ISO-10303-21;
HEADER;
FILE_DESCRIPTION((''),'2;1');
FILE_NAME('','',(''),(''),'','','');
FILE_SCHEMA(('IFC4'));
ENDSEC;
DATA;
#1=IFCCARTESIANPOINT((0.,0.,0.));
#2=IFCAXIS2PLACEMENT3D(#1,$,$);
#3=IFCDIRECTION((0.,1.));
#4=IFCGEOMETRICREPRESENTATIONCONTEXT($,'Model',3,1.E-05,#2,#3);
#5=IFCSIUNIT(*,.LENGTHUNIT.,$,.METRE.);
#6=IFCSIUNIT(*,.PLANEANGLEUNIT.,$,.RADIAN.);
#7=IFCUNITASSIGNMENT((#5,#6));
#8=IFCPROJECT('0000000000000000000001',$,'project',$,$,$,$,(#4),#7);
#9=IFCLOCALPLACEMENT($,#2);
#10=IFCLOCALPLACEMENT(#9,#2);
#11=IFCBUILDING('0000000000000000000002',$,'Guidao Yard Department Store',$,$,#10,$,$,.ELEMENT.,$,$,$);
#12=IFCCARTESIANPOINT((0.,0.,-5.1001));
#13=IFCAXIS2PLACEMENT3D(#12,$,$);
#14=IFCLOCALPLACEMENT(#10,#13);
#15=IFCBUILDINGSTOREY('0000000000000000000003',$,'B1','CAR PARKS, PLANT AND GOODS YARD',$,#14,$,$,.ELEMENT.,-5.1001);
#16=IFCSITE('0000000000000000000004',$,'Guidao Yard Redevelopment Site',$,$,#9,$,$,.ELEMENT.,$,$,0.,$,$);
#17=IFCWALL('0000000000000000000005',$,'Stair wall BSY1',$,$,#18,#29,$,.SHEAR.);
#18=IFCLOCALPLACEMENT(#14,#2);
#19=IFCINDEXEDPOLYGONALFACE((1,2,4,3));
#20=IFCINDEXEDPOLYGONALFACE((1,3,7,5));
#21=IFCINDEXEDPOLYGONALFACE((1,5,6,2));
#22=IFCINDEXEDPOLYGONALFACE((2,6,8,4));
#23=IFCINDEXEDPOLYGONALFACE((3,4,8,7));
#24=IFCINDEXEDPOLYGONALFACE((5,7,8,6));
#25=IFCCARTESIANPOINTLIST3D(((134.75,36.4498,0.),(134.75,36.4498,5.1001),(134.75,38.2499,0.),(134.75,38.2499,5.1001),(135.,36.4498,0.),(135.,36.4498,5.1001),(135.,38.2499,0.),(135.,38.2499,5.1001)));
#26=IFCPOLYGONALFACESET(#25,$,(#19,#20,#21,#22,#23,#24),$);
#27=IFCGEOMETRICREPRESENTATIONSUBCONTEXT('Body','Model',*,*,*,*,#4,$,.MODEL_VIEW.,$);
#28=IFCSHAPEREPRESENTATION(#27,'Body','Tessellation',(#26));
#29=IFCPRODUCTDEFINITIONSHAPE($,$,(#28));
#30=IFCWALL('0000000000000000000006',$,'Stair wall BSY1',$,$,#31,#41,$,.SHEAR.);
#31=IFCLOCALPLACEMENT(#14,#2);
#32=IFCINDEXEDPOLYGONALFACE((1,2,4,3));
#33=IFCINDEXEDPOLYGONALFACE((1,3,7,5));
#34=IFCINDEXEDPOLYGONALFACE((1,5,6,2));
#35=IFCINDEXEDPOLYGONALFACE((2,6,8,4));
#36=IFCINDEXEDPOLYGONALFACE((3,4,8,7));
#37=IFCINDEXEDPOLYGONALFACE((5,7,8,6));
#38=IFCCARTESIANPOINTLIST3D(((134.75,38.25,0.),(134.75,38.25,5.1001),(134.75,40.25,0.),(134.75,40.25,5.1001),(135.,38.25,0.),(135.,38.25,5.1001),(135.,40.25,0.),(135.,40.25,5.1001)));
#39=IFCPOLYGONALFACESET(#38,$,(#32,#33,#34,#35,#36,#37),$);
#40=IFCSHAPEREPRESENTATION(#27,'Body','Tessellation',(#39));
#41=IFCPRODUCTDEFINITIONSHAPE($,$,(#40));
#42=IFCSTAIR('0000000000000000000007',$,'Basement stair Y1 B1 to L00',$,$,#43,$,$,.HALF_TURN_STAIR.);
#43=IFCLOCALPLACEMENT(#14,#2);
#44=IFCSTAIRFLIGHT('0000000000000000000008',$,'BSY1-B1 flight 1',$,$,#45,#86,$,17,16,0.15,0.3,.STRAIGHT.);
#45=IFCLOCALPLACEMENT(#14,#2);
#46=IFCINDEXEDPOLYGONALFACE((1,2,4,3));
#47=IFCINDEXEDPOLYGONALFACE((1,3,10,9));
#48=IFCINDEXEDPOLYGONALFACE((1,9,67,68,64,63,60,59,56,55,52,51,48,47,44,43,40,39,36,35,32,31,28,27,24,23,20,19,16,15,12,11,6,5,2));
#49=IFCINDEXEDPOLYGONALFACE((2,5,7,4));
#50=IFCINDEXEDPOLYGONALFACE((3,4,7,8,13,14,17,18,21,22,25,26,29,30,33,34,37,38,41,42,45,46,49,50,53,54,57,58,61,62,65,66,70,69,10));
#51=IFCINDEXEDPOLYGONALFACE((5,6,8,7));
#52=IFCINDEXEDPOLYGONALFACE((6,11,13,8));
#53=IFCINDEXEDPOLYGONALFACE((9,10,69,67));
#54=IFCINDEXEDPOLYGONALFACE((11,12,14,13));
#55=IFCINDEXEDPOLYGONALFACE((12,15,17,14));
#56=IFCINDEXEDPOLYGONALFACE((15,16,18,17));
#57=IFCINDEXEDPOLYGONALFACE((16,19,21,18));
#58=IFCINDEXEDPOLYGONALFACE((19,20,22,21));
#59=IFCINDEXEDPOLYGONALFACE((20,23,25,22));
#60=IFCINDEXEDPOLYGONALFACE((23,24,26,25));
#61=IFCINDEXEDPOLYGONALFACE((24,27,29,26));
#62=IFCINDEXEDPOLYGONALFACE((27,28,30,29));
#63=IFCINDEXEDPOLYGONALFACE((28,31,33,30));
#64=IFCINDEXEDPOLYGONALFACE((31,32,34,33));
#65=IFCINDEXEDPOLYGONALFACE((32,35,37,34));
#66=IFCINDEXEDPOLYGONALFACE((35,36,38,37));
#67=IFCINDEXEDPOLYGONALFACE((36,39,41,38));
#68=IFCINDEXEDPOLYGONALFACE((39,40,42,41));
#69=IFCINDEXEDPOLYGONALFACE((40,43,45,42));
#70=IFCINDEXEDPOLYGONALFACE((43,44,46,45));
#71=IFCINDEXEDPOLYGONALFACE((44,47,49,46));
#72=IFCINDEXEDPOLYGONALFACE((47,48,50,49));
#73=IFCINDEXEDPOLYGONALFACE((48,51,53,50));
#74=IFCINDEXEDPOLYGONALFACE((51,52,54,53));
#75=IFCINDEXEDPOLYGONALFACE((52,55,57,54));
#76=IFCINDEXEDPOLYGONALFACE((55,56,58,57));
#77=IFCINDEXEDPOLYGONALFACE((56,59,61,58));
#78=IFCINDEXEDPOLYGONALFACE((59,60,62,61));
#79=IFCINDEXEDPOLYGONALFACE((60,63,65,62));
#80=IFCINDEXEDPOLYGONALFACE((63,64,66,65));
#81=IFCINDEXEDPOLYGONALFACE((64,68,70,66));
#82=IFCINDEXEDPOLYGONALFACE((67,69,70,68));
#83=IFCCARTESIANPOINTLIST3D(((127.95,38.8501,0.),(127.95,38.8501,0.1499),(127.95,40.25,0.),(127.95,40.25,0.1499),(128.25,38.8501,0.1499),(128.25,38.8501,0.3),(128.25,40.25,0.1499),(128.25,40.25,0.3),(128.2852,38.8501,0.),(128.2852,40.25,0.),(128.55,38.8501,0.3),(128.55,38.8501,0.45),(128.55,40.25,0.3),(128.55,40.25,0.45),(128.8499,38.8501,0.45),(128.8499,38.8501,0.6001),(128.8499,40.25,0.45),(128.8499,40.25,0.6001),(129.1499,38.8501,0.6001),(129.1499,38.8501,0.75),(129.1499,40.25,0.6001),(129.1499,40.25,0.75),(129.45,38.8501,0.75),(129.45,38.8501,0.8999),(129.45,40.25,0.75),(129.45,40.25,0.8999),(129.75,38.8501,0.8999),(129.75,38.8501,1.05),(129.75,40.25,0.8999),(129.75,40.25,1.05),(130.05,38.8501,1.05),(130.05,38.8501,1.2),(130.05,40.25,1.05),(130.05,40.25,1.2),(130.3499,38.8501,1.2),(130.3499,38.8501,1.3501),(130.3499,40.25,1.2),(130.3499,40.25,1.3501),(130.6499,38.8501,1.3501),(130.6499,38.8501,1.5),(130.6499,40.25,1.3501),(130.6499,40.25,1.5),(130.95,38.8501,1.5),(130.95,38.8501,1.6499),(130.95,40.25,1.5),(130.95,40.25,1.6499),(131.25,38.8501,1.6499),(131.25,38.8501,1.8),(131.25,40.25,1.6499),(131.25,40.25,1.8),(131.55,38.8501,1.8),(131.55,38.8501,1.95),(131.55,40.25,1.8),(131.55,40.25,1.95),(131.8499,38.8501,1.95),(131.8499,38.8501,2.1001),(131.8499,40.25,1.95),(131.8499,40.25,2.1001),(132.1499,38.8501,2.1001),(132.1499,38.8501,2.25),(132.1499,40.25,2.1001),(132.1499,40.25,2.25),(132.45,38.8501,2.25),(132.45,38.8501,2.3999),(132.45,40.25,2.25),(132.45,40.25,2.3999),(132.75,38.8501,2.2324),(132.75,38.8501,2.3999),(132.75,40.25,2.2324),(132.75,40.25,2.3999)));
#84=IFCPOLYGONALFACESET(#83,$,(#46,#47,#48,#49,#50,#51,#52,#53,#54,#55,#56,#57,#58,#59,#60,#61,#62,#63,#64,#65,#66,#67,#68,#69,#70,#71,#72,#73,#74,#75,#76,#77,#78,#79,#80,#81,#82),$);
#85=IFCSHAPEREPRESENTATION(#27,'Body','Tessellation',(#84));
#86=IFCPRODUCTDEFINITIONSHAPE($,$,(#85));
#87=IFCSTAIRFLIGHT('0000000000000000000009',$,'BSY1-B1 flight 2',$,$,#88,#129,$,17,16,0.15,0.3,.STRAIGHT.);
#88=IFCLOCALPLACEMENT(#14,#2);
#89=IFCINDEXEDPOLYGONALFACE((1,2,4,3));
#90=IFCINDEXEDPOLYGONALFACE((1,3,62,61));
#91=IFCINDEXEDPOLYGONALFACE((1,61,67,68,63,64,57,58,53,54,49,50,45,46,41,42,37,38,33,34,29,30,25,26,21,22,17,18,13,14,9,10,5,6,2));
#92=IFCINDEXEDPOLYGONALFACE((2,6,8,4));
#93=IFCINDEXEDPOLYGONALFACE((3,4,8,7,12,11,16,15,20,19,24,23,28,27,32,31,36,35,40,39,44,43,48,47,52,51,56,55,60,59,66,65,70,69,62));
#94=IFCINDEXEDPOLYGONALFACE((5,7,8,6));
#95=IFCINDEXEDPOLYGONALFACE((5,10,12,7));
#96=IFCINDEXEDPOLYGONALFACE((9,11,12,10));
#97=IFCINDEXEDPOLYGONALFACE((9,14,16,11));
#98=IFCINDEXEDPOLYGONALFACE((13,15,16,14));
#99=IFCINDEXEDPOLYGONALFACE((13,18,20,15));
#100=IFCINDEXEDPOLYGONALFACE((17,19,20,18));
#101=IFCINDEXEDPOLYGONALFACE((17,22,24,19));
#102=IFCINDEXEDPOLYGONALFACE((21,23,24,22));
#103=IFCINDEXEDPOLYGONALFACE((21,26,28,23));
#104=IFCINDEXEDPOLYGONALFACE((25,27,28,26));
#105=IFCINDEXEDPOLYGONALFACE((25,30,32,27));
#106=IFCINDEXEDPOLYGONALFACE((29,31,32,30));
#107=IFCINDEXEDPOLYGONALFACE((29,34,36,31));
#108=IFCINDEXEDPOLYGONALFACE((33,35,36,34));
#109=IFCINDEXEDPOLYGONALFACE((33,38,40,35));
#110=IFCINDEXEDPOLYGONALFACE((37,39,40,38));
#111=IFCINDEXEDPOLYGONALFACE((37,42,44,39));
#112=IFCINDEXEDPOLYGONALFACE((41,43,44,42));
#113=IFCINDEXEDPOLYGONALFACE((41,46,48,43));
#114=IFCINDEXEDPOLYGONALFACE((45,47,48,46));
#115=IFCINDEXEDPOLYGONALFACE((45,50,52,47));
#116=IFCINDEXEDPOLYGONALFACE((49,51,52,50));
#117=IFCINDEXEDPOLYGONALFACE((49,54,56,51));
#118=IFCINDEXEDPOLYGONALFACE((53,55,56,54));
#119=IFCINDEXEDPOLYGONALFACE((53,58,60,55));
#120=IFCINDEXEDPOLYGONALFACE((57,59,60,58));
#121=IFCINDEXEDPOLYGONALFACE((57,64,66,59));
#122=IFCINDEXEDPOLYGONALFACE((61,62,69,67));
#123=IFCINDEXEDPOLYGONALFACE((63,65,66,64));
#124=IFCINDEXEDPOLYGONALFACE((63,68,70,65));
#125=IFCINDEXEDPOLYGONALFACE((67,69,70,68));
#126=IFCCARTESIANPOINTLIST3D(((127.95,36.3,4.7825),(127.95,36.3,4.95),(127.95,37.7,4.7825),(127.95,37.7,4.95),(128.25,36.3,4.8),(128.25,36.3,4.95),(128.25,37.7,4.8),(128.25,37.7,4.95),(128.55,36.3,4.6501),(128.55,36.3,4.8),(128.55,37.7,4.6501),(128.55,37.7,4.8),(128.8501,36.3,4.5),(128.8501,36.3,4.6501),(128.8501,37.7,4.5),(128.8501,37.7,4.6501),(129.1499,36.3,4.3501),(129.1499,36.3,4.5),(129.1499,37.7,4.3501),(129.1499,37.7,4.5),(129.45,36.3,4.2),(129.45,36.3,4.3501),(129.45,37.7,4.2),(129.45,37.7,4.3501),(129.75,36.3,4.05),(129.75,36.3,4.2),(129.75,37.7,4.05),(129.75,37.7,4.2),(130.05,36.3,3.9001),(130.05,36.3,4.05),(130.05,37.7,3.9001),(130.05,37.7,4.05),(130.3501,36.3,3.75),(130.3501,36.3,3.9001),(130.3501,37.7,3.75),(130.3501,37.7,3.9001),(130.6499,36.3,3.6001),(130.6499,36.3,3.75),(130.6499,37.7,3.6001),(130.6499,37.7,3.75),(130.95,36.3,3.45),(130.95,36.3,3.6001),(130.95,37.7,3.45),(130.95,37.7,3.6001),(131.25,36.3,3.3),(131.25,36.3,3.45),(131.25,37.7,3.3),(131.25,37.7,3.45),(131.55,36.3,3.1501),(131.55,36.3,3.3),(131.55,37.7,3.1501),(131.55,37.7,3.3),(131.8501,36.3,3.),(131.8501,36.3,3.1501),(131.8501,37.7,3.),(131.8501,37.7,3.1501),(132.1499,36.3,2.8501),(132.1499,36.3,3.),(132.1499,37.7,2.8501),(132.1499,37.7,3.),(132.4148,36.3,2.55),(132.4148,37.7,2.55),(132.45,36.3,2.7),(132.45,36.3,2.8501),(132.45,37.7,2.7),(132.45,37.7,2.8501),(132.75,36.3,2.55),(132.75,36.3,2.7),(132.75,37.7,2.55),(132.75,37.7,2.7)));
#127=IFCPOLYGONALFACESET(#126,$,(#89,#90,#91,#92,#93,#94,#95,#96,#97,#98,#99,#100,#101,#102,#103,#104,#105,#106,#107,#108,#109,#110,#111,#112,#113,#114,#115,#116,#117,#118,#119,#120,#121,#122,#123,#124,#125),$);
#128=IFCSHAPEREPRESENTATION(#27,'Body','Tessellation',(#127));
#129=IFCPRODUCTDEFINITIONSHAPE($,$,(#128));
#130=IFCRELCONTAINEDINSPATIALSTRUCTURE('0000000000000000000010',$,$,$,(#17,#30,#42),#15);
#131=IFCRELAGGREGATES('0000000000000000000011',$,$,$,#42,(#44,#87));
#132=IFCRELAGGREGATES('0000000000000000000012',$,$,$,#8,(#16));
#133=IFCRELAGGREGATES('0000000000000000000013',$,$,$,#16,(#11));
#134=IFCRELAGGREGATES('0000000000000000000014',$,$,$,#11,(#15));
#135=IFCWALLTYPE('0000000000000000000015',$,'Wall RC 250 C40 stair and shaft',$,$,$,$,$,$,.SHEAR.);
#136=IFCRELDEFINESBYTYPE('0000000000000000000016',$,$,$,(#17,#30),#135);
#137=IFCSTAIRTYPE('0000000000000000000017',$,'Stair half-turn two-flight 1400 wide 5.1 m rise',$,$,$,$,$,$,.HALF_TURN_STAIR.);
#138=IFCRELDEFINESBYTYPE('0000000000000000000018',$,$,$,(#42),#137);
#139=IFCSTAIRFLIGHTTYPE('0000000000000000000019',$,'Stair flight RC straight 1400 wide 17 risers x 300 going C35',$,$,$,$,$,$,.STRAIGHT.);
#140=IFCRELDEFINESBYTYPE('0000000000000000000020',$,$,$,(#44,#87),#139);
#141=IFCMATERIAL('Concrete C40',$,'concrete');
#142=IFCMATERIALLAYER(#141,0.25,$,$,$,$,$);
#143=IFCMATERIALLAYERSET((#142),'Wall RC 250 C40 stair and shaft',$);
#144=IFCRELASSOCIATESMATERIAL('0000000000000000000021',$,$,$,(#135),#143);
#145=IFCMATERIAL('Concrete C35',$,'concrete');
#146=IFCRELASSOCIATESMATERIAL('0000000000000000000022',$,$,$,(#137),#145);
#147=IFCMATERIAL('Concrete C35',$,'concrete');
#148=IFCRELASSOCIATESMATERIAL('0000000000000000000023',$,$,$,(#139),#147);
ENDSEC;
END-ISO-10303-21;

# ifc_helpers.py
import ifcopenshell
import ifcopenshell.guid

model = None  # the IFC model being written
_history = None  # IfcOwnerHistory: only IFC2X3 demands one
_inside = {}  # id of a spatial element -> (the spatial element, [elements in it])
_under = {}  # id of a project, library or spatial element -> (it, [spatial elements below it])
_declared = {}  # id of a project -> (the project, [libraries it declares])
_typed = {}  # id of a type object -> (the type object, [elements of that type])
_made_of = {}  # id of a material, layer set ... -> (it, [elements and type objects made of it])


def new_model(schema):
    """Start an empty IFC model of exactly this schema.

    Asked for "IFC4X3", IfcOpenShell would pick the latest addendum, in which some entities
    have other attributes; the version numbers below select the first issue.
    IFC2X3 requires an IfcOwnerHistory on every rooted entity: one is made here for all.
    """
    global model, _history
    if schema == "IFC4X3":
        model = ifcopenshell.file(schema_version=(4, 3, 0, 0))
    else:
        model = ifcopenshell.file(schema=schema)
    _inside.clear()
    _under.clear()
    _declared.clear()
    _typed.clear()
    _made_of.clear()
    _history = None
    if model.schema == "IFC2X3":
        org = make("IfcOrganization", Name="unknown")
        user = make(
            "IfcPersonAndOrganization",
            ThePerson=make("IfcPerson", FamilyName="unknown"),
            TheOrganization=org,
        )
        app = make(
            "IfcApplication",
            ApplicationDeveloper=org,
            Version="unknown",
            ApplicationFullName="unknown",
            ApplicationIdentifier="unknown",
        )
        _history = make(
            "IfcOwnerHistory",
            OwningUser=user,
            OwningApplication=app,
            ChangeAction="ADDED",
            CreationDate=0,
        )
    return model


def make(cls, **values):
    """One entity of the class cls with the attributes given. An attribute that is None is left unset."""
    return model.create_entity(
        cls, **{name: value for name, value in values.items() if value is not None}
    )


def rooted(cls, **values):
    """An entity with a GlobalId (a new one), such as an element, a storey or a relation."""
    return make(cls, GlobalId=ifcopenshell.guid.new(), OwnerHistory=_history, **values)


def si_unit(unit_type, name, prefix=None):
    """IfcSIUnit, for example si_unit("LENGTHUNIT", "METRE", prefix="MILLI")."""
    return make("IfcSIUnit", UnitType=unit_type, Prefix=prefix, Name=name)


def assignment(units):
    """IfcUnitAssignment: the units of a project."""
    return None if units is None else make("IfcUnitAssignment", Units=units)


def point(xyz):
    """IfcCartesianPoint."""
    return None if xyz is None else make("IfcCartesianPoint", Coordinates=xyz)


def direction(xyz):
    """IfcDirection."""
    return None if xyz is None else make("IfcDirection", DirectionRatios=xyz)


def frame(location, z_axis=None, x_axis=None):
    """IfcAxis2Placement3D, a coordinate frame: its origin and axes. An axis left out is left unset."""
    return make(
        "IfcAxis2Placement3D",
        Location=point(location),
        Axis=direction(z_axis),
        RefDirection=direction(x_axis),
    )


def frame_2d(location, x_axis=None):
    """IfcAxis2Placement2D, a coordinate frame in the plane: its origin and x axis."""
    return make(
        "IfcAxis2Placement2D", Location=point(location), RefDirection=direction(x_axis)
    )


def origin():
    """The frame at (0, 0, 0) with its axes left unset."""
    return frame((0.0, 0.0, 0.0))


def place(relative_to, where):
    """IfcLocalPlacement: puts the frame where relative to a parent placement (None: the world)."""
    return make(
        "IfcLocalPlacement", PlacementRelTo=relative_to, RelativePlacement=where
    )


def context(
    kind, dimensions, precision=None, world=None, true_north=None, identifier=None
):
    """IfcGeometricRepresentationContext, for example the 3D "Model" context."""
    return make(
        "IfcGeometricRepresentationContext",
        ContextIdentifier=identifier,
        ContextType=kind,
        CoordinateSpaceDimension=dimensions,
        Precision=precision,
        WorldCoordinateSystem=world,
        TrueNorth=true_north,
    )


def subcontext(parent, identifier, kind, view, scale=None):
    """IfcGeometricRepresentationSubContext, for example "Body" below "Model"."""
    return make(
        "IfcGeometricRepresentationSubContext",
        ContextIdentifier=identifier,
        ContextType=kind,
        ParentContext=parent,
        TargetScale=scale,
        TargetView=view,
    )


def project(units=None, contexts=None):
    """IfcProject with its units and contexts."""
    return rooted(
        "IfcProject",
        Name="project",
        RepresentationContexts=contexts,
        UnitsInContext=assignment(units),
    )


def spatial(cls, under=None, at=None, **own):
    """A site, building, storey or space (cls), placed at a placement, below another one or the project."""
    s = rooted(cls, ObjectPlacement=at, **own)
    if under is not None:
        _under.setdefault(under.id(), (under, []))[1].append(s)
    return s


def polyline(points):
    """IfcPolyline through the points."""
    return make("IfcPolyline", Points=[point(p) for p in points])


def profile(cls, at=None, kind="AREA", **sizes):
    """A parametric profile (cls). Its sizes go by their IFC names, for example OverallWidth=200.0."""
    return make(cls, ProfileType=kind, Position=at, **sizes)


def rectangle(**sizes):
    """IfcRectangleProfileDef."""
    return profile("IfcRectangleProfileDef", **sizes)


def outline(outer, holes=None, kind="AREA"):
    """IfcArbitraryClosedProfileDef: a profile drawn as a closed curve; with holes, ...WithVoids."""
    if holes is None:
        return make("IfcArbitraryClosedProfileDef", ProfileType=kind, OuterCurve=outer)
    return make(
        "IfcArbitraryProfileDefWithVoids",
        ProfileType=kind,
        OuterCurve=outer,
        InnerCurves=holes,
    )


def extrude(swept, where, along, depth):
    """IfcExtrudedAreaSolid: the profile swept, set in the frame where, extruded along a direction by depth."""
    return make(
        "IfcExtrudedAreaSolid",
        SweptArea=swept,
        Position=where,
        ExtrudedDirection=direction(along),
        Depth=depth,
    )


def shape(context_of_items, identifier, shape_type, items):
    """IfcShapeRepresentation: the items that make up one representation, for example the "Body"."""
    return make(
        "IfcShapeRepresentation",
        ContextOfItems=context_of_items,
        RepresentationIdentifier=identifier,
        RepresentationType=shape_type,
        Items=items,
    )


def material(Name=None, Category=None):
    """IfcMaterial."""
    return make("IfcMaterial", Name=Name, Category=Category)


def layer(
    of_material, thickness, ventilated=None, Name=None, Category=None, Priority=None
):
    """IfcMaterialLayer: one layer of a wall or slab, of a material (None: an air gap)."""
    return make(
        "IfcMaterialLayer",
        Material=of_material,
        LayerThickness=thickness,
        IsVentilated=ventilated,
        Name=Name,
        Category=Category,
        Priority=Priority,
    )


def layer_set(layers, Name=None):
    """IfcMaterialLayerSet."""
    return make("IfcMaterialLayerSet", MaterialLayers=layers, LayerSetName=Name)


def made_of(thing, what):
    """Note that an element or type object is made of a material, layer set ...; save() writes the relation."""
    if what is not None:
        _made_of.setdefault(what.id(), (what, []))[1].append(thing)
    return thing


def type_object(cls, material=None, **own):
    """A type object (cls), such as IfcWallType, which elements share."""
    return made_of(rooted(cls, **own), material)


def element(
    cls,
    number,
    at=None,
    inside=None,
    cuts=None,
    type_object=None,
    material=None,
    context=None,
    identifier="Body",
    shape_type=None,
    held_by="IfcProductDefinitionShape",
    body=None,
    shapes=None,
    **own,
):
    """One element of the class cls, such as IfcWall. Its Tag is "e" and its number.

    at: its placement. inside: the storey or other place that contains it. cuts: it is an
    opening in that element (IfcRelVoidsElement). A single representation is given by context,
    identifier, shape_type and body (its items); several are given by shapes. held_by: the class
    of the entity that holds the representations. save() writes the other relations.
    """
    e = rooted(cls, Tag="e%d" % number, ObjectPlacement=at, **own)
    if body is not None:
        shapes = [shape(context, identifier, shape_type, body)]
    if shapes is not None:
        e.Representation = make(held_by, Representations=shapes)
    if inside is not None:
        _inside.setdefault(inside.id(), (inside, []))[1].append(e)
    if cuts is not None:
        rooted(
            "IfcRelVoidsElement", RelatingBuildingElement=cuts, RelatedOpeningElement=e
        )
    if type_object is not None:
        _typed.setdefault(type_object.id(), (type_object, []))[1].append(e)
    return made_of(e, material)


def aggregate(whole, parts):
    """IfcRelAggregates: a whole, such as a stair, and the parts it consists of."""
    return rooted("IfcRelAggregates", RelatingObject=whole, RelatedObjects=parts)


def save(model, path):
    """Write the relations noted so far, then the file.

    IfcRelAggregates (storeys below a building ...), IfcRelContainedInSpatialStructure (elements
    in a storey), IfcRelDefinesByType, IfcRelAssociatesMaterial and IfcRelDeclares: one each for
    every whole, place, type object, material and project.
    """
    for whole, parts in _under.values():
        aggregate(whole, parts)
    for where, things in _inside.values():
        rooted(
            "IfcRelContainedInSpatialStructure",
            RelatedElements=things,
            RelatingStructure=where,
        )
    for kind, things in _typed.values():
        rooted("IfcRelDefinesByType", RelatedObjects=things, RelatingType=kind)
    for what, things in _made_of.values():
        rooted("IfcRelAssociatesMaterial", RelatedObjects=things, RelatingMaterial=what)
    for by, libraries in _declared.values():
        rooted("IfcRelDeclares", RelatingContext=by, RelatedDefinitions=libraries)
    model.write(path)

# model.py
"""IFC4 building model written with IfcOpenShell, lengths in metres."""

from ifc_helpers import new_model, si_unit, direction, frame, frame_2d, origin, place, context, subcontext, project, spatial, polyline, rectangle, outline, extrude, material, layer, layer_set, type_object, element, aggregate, save


model = new_model("IFC4")

# Units and contexts
model_context = context("Model", 3, precision=1e-05, world=origin(), true_north=direction((0.0, 1.0)))
body_context = subcontext(model_context, "Body", "Model", "MODEL_VIEW")
ifc_project = project(units=[si_unit("LENGTHUNIT", "METRE"), si_unit("PLANEANGLEUNIT", "RADIAN")], contexts=[model_context])

# Site, building, storey
site_placement = place(None, origin())
site = spatial("IfcSite", under=ifc_project, at=site_placement, Name="Guidao Yard Redevelopment Site", CompositionType="ELEMENT", RefElevation=0.0)
building_placement = place(site_placement, origin())
building = spatial("IfcBuilding", under=site, at=building_placement, Name="Guidao Yard Department Store", CompositionType="ELEMENT")
storey_placement = place(building_placement, frame((0.0, 0.0, -5.1001)))
storey = spatial("IfcBuildingStorey", under=building, at=storey_placement, Name="B1", Description="CAR PARKS, PLANT AND GOODS YARD", CompositionType="ELEMENT", Elevation=-5.1001)

# Shared definitions
ifc_material_1 = material(Name="Concrete C40", Category="concrete")
ifc_layer_1 = layer(ifc_material_1, 0.25)
ifc_layer_set_1 = layer_set([ifc_layer_1], Name="Wall RC 250 C40 stair and shaft")
wall_type_1 = type_object("IfcWallType", Name="Wall RC 250 C40 stair and shaft", PredefinedType="SHEAR", material=ifc_layer_set_1)

# Walls
wall_1_placement = place(storey_placement, frame((134.875, 36.45, 0.0), z_axis=(0.0, 0.0, 1.0), x_axis=(0.0, 1.0, 0.0)))
element("IfcWall", 1, at=wall_1_placement, inside=storey, type_object=wall_type_1, Name="Stair wall BSY1", PredefinedType="SHEAR", context=body_context, shape_type="SweptSolid", body=[
    extrude(rectangle(XDim=1.8, YDim=0.25, at=frame_2d((0.8999, 0.0))), origin(), (0.0, 0.0, 1.0), 5.1001),
])
wall_2_placement = place(storey_placement, frame((134.875, 38.25, 0.0), z_axis=(0.0, 0.0, 1.0), x_axis=(0.0, 1.0, 0.0)))
element("IfcWall", 2, at=wall_2_placement, inside=storey, type_object=wall_type_1, Name="Stair wall BSY1", PredefinedType="SHEAR", context=body_context, shape_type="SweptSolid", body=[
    extrude(rectangle(XDim=2.0, YDim=0.25, at=frame_2d((1.0, 0.0))), origin(), (0.0, 0.0, 1.0), 5.1001),
])

# Stair, stair flights
ifc_material_2 = material(Name="Concrete C35", Category="concrete")
stair_type = type_object("IfcStairType", Name="Stair half-turn two-flight 1400 wide 5.1 m rise", PredefinedType="HALF_TURN_STAIR", material=ifc_material_2)
stair_placement = place(storey_placement, origin())
stair = element("IfcStair", 3, at=stair_placement, inside=storey, type_object=stair_type, Name="Basement stair Y1 B1 to L00", PredefinedType="HALF_TURN_STAIR")
ifc_material_3 = material(Name="Concrete C35", Category="concrete")
stair_flight_type = type_object("IfcStairFlightType", Name="Stair flight RC straight 1400 wide 17 risers x 300 going C35", PredefinedType="STRAIGHT", material=ifc_material_3)
stair_flight_1_placement = place(storey_placement, frame((127.95, 39.55, 0.0), z_axis=(0.0, 0.0, 1.0), x_axis=(1.0, 0.0, 0.0)))
stair_flight_1 = element("IfcStairFlight", 4, at=stair_flight_1_placement, type_object=stair_flight_type, Name="BSY1-B1 flight 1", NumberOfRisers=17, NumberOfTreads=16, PredefinedType="STRAIGHT", RiserHeight=0.15, TreadLength=0.3, context=body_context, shape_type="SweptSolid", body=[
    extrude(outline(polyline([(0.0, 0.0), (0.0, 0.1499), (0.3, 0.1499), (0.3, 0.3), (0.6001, 0.3), (0.6001, 0.45), (0.8999, 0.45), (0.8999, 0.6001), (1.2, 0.6001), (1.2, 0.75), (1.5, 0.75), (1.5, 0.8999), (1.8, 0.8999), (1.8, 1.05), (2.1001, 1.05), (2.1001, 1.2), (2.3999, 1.2), (2.3999, 1.3501), (2.7, 1.3501), (2.7, 1.5), (3.0, 1.5), (3.0, 1.6499), (3.3, 1.6499), (3.3, 1.8), (3.6001, 1.8), (3.6001, 1.95), (3.8999, 1.95), (3.8999, 2.1001), (4.2, 2.1001), (4.2, 2.25), (4.5, 2.25), (4.5, 2.3999), (4.8, 2.3999), (4.8, 2.55), (4.8, 2.2324), (0.3352, 0.0), (0.0, 0.0)])), frame((0.0, 0.7, 0.0), z_axis=(0.0, -1.0, 0.0), x_axis=(1.0, 0.0, 0.0)), (0.0, 0.0, 1.0), 1.3999),
])
stair_flight_2_placement = place(storey_placement, frame((132.75, 37.0, 2.55), z_axis=(0.0, 0.0, 1.0), x_axis=(-1.0, 0.0, 0.0)))
stair_flight_2 = element("IfcStairFlight", 5, at=stair_flight_2_placement, type_object=stair_flight_type, Name="BSY1-B1 flight 2", NumberOfRisers=17, NumberOfTreads=16, PredefinedType="STRAIGHT", RiserHeight=0.15, TreadLength=0.3, context=body_context, shape_type="SweptSolid", body=[
    extrude(outline(polyline([(0.0, 0.0), (0.0, 0.1499), (0.3, 0.1499), (0.3, 0.3), (0.6001, 0.3), (0.6001, 0.45), (0.8999, 0.45), (0.8999, 0.6001), (1.2, 0.6001), (1.2, 0.75), (1.5, 0.75), (1.5, 0.8999), (1.8, 0.8999), (1.8, 1.05), (2.1001, 1.05), (2.1001, 1.2), (2.3999, 1.2), (2.3999, 1.3501), (2.7, 1.3501), (2.7, 1.5), (3.0, 1.5), (3.0, 1.6499), (3.3, 1.6499), (3.3, 1.8), (3.6001, 1.8), (3.6001, 1.95), (3.8999, 1.95), (3.8999, 2.1001), (4.2, 2.1001), (4.2, 2.25), (4.5, 2.25), (4.5, 2.3999), (4.8, 2.3999), (4.8, 2.55), (4.8, 2.2324), (0.3352, 0.0), (0.0, 0.0)])), frame((0.0, 0.7, 0.0), z_axis=(0.0, -1.0, 0.0), x_axis=(1.0, 0.0, 0.0)), (0.0, 0.0, 1.0), 1.3999),
])
aggregate(stair, [stair_flight_1, stair_flight_2])

save(model, "model.ifc")
